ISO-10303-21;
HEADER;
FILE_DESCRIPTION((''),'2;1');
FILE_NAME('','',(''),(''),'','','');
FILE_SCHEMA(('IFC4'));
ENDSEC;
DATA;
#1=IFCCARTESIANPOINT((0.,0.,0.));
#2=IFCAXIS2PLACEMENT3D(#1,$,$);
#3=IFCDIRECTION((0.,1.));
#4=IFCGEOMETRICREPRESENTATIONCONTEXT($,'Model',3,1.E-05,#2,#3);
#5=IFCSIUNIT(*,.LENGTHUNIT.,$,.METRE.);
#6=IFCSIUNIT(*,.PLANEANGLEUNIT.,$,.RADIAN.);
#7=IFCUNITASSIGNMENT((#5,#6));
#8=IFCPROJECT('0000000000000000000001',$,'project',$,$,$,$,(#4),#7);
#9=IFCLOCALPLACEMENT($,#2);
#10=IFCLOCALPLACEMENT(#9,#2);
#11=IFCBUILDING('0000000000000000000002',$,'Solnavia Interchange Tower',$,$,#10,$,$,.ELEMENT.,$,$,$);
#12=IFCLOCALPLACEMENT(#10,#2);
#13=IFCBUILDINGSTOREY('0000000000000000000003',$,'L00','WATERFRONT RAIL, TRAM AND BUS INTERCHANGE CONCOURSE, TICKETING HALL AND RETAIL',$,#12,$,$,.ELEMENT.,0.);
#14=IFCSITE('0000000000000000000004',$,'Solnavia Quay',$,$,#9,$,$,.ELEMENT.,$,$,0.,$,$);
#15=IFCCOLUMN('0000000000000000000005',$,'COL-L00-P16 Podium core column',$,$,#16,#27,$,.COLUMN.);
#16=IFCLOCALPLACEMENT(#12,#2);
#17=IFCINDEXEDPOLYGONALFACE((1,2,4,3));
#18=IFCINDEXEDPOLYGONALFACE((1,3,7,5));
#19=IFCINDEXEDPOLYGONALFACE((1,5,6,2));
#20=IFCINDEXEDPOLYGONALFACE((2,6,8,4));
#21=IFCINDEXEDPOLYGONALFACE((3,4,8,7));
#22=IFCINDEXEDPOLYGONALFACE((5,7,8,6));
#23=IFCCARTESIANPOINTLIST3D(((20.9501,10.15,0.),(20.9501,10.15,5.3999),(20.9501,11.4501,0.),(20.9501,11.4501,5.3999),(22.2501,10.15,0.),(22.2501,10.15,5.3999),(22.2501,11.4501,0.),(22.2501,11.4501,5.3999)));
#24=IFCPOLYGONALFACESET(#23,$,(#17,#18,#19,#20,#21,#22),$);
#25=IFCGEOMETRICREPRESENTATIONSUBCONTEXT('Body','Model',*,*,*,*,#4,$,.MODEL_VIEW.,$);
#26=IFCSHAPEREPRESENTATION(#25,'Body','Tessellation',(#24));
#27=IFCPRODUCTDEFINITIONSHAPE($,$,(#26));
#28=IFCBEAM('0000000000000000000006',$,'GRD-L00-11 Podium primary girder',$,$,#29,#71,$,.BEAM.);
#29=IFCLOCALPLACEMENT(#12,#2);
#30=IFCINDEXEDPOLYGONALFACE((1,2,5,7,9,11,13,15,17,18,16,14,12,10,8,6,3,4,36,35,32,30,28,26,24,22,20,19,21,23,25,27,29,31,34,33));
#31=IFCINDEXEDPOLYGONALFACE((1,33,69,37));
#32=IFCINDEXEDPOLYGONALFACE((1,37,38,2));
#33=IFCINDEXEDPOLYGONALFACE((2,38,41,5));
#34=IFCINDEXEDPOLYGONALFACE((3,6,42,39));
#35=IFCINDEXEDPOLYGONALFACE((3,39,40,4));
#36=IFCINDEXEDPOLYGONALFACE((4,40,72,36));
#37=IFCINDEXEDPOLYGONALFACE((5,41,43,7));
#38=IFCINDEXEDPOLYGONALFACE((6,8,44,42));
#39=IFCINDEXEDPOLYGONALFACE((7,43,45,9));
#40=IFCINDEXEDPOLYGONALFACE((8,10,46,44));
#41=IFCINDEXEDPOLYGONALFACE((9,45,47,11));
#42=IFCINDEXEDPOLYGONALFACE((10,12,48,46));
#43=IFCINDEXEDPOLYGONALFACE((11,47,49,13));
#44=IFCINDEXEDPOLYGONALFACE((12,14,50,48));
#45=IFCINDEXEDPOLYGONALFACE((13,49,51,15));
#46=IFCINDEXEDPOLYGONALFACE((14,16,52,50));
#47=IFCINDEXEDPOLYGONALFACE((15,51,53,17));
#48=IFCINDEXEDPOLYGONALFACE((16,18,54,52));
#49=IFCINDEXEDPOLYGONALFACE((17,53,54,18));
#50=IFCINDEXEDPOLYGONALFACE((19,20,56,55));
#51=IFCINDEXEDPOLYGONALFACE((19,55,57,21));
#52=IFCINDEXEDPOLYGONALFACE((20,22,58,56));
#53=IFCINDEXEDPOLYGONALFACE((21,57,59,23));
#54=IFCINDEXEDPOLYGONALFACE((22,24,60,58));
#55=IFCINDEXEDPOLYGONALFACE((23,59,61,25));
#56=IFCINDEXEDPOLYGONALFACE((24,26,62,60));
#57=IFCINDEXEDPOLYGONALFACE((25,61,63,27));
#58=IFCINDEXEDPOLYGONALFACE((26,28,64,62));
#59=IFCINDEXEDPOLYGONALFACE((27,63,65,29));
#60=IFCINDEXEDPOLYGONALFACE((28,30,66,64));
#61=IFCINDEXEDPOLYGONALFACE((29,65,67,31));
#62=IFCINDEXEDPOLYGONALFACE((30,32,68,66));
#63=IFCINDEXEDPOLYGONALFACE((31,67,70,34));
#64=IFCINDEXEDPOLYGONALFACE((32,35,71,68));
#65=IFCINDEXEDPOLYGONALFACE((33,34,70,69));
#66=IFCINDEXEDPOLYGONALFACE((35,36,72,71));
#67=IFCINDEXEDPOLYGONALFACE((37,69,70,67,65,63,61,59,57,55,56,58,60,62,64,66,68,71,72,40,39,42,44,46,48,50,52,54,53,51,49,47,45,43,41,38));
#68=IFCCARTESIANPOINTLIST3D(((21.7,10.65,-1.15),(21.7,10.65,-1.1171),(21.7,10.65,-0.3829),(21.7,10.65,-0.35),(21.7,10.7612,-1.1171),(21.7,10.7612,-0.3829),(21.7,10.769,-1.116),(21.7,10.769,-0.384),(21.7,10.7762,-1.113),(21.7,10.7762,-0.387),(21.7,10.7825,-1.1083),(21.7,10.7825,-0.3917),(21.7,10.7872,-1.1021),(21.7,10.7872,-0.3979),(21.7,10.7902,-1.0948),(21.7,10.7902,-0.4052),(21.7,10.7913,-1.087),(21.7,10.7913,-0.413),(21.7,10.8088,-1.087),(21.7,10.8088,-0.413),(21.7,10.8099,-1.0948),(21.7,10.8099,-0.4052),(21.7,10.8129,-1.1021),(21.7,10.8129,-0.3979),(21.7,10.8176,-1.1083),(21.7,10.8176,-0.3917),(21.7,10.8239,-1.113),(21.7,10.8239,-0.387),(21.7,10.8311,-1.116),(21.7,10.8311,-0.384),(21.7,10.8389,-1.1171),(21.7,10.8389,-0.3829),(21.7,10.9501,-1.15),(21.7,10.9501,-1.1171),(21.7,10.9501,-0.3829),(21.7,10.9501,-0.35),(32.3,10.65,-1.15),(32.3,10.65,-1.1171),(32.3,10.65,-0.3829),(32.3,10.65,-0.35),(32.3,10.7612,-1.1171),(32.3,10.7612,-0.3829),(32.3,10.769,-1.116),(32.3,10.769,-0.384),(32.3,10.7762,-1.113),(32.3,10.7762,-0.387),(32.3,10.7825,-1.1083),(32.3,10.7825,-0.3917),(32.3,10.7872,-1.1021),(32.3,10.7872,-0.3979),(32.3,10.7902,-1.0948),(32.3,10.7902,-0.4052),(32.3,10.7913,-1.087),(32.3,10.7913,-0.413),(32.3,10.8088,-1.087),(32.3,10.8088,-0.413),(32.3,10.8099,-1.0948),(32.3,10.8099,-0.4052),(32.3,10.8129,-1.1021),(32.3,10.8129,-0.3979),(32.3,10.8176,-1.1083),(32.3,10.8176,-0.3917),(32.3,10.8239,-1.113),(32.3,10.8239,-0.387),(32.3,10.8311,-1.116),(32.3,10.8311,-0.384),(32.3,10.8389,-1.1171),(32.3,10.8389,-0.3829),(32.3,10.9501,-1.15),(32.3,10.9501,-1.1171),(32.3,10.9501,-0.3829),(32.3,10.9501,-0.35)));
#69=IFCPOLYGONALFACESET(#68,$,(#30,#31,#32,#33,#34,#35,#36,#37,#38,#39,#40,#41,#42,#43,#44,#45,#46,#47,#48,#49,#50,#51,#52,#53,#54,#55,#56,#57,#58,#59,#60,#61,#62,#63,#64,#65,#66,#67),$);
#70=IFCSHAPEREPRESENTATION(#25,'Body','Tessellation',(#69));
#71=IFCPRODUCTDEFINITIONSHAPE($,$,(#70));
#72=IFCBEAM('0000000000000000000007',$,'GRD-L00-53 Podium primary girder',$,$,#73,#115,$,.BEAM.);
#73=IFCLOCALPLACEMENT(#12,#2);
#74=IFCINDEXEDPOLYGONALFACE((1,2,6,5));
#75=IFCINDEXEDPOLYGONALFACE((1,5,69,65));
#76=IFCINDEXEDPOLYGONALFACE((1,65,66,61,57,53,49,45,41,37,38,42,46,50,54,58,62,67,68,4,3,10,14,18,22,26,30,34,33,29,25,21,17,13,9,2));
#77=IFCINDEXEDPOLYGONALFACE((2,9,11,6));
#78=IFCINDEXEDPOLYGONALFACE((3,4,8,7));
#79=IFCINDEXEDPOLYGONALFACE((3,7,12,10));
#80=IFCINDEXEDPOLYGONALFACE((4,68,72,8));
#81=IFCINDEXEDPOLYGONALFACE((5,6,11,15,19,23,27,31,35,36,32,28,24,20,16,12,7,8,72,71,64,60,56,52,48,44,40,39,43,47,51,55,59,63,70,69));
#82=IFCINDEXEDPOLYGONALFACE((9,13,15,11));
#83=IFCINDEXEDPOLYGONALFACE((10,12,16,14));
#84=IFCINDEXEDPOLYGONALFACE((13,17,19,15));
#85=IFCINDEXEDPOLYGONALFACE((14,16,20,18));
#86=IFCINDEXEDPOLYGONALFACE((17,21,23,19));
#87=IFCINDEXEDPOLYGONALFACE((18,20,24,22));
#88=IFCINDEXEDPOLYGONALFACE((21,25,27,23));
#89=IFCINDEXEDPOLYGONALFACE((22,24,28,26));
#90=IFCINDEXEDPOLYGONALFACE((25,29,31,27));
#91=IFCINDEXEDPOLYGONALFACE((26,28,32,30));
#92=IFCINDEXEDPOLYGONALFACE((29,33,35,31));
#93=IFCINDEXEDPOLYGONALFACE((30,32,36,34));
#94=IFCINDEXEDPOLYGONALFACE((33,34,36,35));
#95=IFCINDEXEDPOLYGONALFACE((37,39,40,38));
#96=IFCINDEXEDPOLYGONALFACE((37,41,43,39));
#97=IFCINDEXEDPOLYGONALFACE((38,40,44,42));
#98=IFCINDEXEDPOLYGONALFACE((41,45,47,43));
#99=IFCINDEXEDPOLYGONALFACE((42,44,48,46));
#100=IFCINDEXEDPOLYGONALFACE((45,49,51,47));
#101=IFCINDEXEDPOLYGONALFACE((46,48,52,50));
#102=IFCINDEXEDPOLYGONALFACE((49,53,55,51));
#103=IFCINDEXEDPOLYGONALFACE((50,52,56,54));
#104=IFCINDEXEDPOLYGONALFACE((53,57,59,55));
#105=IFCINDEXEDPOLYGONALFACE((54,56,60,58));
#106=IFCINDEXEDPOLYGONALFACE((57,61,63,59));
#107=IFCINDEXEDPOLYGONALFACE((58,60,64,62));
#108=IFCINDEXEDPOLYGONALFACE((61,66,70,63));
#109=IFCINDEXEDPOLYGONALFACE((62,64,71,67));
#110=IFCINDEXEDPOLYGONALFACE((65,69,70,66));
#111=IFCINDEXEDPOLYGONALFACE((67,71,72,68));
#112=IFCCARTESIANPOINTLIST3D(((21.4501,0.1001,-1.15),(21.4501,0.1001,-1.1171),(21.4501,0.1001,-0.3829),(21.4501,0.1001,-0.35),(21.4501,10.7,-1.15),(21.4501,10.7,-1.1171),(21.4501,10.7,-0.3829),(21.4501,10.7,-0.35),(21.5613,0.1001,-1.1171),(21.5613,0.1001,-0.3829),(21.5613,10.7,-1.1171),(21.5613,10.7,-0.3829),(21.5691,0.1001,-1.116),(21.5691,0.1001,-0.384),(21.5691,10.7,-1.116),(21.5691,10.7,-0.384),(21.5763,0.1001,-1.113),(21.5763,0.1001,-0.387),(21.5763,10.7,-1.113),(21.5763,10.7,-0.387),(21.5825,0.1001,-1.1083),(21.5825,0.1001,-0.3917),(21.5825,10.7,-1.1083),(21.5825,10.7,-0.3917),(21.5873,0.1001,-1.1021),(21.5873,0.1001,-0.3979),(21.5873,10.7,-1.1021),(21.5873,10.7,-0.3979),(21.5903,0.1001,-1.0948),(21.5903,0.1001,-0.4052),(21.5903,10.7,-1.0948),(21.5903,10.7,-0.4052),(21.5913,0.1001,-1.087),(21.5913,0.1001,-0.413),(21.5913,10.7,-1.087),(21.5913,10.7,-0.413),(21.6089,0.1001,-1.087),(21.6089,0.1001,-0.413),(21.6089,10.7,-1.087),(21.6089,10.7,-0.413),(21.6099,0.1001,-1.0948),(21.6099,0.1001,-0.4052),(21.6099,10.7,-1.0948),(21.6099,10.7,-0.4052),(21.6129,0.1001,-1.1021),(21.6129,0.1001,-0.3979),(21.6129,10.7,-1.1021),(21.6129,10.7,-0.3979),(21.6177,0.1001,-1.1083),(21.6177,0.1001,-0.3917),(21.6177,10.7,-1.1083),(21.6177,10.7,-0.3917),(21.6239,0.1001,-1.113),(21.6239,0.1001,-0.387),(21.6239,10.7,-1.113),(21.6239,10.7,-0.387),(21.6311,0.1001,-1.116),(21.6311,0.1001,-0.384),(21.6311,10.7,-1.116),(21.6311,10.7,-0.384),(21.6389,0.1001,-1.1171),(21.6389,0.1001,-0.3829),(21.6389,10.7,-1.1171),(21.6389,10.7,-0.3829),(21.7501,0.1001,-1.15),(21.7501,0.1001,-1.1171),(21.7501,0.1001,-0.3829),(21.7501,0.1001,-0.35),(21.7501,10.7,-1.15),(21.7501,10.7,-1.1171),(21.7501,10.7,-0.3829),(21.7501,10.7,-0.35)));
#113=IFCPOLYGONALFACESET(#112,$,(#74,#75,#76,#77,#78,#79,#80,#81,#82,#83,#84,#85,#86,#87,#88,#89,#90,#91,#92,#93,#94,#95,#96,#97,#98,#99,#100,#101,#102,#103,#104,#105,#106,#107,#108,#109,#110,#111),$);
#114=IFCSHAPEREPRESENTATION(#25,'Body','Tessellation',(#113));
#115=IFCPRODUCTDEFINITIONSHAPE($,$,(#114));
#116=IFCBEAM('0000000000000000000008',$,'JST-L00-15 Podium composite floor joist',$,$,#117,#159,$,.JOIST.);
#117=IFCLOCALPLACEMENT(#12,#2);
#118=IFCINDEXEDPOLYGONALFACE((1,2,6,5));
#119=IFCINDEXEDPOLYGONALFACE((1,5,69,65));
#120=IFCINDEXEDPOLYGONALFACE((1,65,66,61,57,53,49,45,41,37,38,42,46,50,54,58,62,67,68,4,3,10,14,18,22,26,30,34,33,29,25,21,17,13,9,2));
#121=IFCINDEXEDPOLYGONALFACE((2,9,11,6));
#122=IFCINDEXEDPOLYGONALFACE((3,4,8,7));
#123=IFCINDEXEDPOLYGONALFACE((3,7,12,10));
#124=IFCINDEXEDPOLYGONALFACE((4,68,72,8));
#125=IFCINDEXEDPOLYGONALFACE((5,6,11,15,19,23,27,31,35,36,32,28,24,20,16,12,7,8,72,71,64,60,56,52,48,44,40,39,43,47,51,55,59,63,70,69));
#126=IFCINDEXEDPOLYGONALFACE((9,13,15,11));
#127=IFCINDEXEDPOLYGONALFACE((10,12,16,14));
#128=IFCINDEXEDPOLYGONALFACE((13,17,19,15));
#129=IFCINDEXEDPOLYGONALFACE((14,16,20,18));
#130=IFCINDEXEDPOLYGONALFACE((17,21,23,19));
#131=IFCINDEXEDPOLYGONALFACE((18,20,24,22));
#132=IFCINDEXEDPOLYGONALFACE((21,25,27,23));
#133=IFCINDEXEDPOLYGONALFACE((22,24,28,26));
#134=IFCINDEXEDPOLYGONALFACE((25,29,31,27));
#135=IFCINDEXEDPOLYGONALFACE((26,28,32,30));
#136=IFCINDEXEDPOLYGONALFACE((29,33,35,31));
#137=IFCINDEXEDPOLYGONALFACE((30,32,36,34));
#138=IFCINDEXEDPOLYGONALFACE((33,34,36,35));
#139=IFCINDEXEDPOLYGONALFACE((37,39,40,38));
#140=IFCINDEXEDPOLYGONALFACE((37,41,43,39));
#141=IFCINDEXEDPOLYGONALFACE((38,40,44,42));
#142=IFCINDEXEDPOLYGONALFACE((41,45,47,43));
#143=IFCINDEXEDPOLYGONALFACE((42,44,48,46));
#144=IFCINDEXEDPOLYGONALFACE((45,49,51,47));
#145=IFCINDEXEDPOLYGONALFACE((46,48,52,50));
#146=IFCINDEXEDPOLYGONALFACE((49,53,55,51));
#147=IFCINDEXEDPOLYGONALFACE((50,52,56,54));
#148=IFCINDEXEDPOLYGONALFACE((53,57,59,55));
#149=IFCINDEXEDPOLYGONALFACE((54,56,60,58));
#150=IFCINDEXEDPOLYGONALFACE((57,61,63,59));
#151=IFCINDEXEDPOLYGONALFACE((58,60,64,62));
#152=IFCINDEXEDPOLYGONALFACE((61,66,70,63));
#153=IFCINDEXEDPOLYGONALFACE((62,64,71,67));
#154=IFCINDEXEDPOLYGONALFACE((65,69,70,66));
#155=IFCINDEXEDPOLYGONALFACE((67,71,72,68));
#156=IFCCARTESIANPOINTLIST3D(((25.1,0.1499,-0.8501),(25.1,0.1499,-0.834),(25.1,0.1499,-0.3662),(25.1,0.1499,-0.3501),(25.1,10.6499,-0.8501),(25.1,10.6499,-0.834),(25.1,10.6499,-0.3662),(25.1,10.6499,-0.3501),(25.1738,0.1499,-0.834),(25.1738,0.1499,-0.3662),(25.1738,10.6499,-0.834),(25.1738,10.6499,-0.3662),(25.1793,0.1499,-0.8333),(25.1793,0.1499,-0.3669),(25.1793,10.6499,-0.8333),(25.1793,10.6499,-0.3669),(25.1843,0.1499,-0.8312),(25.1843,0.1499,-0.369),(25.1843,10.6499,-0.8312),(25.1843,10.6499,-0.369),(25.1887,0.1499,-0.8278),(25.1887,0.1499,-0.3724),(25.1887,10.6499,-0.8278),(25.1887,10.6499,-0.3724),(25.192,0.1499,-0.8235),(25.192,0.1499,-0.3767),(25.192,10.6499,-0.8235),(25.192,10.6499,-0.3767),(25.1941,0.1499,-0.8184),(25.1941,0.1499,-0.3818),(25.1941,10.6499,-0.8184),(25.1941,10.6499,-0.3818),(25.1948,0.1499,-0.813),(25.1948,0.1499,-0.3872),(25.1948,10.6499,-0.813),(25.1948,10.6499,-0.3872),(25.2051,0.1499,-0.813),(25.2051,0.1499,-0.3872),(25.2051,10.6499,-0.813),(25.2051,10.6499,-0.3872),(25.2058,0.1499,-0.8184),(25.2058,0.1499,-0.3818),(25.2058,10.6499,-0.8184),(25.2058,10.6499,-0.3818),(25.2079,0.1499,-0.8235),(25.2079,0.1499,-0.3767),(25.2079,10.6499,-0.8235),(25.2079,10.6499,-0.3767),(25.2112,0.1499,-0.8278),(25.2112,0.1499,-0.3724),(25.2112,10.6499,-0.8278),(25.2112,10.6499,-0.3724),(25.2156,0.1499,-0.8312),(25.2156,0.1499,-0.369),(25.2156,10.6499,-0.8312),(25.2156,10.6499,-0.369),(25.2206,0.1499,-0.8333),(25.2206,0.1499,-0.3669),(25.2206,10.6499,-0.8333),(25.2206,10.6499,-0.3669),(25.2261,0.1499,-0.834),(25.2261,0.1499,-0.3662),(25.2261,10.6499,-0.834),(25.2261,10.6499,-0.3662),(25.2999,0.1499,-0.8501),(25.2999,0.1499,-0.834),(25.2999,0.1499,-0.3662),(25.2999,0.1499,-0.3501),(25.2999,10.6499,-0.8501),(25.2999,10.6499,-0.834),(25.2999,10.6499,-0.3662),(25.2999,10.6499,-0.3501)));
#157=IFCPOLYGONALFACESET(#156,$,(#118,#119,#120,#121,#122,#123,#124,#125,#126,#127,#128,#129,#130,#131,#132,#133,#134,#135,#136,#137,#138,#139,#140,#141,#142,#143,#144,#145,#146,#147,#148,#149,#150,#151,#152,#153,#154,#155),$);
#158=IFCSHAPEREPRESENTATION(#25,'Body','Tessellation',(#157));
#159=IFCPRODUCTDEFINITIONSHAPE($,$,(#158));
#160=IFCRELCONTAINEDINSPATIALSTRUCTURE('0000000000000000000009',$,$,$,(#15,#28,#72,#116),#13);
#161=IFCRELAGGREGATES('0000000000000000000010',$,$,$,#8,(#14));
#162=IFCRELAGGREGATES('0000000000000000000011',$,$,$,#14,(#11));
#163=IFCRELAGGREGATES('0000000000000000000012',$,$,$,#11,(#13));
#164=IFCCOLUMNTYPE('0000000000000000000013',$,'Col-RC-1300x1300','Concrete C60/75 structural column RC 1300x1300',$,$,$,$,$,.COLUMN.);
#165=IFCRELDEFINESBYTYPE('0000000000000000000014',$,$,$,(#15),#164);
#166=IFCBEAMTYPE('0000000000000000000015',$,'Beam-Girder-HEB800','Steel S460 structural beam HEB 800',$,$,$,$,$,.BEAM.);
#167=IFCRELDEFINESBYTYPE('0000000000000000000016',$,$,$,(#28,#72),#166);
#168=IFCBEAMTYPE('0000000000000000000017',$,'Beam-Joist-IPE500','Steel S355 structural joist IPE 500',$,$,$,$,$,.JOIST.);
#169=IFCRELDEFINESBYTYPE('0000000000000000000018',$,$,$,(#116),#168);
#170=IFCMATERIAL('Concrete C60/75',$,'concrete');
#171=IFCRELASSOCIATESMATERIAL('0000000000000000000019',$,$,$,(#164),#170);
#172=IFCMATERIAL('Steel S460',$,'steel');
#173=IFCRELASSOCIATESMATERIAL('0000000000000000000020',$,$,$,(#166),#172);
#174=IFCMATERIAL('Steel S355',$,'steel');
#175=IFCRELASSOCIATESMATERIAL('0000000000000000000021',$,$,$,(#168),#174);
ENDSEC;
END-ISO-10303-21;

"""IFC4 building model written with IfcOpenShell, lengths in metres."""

from ifc_helpers import new_model, si_unit, direction, frame, origin, origin_2d, place, context, subcontext, project, spatial, rectangle, i_section, extrude, material, material_profile, profile_set, type_object, element, save


model = new_model("IFC4")

# Units and contexts
model_context = context("Model", 3, precision=1e-05, world=origin(), true_north=direction((0.0, 1.0)))
body_context = subcontext(model_context, "Body", "Model", "MODEL_VIEW")
ifc_project = project(units=[si_unit("LENGTHUNIT", "METRE"), si_unit("PLANEANGLEUNIT", "RADIAN")], contexts=[model_context])

# Site, building, storey
site_placement = place(None, origin())
site = spatial("IfcSite", under=ifc_project, at=site_placement, Name="Solnavia Quay", CompositionType="ELEMENT", RefElevation=0.0)
building_placement = place(site_placement, origin())
building = spatial("IfcBuilding", under=site, at=building_placement, Name="Solnavia Interchange Tower", CompositionType="ELEMENT")
storey_placement = place(building_placement, origin())
storey = spatial("IfcBuildingStorey", under=building, at=storey_placement, Name="L00", Description="WATERFRONT RAIL, TRAM AND BUS INTERCHANGE CONCOURSE, TICKETING HALL AND RETAIL", CompositionType="ELEMENT", Elevation=0.0)

# Column
ifc_material_1 = material(Name="Concrete C60/75", Category="concrete")
ifc_material_profile_1 = material_profile(ifc_material_1, rectangle(XDim=1.3, YDim=1.3, at=origin_2d()), Name="RC 1300x1300")
ifc_profile_set_1 = profile_set([ifc_material_profile_1], Name="Concrete C60/75")
column_type = type_object("IfcColumnType", Name="Col-RC-1300x1300", Description="Concrete C60/75 structural column RC 1300x1300", PredefinedType="COLUMN", material=ifc_profile_set_1)
column_placement = place(storey_placement, frame((21.6001, 10.8, 0.0), z_axis=(0.0, 0.0, 1.0), x_axis=(1.0, 0.0, 0.0)))
element("IfcColumn", 1, at=column_placement, inside=storey, type_object=column_type, Name="COL-L00-P16 Podium core column", PredefinedType="COLUMN", context=body_context, shape_type="SweptSolid", body=[
    extrude(rectangle(XDim=1.3, YDim=1.3, at=origin_2d()), origin(), (0.0, 0.0, 1.0), 5.3999),
])

# Beams
ifc_material_2 = material(Name="Steel S460", Category="steel")
ifc_material_profile_2 = material_profile(ifc_material_2, i_section(OverallWidth=0.3, OverallDepth=0.8, WebThickness=0.0176, FlangeThickness=0.033, FilletRadius=0.03, at=origin_2d()), Name="HEB 800")
ifc_profile_set_2 = profile_set([ifc_material_profile_2], Name="Steel S460")
beam_type_1 = type_object("IfcBeamType", Name="Beam-Girder-HEB800", Description="Steel S460 structural beam HEB 800", PredefinedType="BEAM", material=ifc_profile_set_2)
beam_1_placement = place(storey_placement, frame((21.7, 10.8, -0.75), z_axis=(1.0, 0.0, 0.0), x_axis=(0.0, 1.0, 0.0)))
element("IfcBeam", 2, at=beam_1_placement, inside=storey, type_object=beam_type_1, Name="GRD-L00-11 Podium primary girder", PredefinedType="BEAM", context=body_context, shape_type="SweptSolid", body=[
    extrude(i_section(OverallWidth=0.3, OverallDepth=0.8, WebThickness=0.0176, FlangeThickness=0.033, FilletRadius=0.03, at=origin_2d()), origin(), (0.0, 0.0, 1.0), 10.6001),
])
beam_2_placement = place(storey_placement, frame((21.6001, 0.1001, -0.75), z_axis=(0.0, 1.0, 0.0), x_axis=(-1.0, 0.0, 0.0)))
element("IfcBeam", 3, at=beam_2_placement, inside=storey, type_object=beam_type_1, Name="GRD-L00-53 Podium primary girder", PredefinedType="BEAM", context=body_context, shape_type="SweptSolid", body=[
    extrude(i_section(OverallWidth=0.3, OverallDepth=0.8, WebThickness=0.0176, FlangeThickness=0.033, FilletRadius=0.03, at=origin_2d()), origin(), (0.0, 0.0, 1.0), 10.5999),
])
ifc_material_3 = material(Name="Steel S355", Category="steel")
ifc_material_profile_3 = material_profile(ifc_material_3, i_section(OverallWidth=0.2, OverallDepth=0.5, WebThickness=0.0103, FlangeThickness=0.0161, FilletRadius=0.021, at=origin_2d()), Name="IPE 500")
ifc_profile_set_3 = profile_set([ifc_material_profile_3], Name="Steel S355")
beam_type_2 = type_object("IfcBeamType", Name="Beam-Joist-IPE500", Description="Steel S355 structural joist IPE 500", PredefinedType="JOIST", material=ifc_profile_set_3)
for number, where, z_axis, x_axis, name in (
    (4, (25.2, 0.1499, -0.6001), (0.0, 1.0, 0.0), (-1.0, 0.0, 0.0), "JST-L00-15 Podium composite floor joist"),
):
    element("IfcBeam", number, at=place(storey_placement, frame(where, z_axis=z_axis, x_axis=x_axis)), inside=storey, type_object=beam_type_2, Name=name, PredefinedType="JOIST", context=body_context, shape_type="SweptSolid", body=[
        extrude(i_section(OverallWidth=0.2, OverallDepth=0.5, WebThickness=0.0103, FlangeThickness=0.0161, FilletRadius=0.021, at=origin_2d()), origin(), (0.0, 0.0, 1.0), 10.5),
    ])

save(model, "model.ifc")
